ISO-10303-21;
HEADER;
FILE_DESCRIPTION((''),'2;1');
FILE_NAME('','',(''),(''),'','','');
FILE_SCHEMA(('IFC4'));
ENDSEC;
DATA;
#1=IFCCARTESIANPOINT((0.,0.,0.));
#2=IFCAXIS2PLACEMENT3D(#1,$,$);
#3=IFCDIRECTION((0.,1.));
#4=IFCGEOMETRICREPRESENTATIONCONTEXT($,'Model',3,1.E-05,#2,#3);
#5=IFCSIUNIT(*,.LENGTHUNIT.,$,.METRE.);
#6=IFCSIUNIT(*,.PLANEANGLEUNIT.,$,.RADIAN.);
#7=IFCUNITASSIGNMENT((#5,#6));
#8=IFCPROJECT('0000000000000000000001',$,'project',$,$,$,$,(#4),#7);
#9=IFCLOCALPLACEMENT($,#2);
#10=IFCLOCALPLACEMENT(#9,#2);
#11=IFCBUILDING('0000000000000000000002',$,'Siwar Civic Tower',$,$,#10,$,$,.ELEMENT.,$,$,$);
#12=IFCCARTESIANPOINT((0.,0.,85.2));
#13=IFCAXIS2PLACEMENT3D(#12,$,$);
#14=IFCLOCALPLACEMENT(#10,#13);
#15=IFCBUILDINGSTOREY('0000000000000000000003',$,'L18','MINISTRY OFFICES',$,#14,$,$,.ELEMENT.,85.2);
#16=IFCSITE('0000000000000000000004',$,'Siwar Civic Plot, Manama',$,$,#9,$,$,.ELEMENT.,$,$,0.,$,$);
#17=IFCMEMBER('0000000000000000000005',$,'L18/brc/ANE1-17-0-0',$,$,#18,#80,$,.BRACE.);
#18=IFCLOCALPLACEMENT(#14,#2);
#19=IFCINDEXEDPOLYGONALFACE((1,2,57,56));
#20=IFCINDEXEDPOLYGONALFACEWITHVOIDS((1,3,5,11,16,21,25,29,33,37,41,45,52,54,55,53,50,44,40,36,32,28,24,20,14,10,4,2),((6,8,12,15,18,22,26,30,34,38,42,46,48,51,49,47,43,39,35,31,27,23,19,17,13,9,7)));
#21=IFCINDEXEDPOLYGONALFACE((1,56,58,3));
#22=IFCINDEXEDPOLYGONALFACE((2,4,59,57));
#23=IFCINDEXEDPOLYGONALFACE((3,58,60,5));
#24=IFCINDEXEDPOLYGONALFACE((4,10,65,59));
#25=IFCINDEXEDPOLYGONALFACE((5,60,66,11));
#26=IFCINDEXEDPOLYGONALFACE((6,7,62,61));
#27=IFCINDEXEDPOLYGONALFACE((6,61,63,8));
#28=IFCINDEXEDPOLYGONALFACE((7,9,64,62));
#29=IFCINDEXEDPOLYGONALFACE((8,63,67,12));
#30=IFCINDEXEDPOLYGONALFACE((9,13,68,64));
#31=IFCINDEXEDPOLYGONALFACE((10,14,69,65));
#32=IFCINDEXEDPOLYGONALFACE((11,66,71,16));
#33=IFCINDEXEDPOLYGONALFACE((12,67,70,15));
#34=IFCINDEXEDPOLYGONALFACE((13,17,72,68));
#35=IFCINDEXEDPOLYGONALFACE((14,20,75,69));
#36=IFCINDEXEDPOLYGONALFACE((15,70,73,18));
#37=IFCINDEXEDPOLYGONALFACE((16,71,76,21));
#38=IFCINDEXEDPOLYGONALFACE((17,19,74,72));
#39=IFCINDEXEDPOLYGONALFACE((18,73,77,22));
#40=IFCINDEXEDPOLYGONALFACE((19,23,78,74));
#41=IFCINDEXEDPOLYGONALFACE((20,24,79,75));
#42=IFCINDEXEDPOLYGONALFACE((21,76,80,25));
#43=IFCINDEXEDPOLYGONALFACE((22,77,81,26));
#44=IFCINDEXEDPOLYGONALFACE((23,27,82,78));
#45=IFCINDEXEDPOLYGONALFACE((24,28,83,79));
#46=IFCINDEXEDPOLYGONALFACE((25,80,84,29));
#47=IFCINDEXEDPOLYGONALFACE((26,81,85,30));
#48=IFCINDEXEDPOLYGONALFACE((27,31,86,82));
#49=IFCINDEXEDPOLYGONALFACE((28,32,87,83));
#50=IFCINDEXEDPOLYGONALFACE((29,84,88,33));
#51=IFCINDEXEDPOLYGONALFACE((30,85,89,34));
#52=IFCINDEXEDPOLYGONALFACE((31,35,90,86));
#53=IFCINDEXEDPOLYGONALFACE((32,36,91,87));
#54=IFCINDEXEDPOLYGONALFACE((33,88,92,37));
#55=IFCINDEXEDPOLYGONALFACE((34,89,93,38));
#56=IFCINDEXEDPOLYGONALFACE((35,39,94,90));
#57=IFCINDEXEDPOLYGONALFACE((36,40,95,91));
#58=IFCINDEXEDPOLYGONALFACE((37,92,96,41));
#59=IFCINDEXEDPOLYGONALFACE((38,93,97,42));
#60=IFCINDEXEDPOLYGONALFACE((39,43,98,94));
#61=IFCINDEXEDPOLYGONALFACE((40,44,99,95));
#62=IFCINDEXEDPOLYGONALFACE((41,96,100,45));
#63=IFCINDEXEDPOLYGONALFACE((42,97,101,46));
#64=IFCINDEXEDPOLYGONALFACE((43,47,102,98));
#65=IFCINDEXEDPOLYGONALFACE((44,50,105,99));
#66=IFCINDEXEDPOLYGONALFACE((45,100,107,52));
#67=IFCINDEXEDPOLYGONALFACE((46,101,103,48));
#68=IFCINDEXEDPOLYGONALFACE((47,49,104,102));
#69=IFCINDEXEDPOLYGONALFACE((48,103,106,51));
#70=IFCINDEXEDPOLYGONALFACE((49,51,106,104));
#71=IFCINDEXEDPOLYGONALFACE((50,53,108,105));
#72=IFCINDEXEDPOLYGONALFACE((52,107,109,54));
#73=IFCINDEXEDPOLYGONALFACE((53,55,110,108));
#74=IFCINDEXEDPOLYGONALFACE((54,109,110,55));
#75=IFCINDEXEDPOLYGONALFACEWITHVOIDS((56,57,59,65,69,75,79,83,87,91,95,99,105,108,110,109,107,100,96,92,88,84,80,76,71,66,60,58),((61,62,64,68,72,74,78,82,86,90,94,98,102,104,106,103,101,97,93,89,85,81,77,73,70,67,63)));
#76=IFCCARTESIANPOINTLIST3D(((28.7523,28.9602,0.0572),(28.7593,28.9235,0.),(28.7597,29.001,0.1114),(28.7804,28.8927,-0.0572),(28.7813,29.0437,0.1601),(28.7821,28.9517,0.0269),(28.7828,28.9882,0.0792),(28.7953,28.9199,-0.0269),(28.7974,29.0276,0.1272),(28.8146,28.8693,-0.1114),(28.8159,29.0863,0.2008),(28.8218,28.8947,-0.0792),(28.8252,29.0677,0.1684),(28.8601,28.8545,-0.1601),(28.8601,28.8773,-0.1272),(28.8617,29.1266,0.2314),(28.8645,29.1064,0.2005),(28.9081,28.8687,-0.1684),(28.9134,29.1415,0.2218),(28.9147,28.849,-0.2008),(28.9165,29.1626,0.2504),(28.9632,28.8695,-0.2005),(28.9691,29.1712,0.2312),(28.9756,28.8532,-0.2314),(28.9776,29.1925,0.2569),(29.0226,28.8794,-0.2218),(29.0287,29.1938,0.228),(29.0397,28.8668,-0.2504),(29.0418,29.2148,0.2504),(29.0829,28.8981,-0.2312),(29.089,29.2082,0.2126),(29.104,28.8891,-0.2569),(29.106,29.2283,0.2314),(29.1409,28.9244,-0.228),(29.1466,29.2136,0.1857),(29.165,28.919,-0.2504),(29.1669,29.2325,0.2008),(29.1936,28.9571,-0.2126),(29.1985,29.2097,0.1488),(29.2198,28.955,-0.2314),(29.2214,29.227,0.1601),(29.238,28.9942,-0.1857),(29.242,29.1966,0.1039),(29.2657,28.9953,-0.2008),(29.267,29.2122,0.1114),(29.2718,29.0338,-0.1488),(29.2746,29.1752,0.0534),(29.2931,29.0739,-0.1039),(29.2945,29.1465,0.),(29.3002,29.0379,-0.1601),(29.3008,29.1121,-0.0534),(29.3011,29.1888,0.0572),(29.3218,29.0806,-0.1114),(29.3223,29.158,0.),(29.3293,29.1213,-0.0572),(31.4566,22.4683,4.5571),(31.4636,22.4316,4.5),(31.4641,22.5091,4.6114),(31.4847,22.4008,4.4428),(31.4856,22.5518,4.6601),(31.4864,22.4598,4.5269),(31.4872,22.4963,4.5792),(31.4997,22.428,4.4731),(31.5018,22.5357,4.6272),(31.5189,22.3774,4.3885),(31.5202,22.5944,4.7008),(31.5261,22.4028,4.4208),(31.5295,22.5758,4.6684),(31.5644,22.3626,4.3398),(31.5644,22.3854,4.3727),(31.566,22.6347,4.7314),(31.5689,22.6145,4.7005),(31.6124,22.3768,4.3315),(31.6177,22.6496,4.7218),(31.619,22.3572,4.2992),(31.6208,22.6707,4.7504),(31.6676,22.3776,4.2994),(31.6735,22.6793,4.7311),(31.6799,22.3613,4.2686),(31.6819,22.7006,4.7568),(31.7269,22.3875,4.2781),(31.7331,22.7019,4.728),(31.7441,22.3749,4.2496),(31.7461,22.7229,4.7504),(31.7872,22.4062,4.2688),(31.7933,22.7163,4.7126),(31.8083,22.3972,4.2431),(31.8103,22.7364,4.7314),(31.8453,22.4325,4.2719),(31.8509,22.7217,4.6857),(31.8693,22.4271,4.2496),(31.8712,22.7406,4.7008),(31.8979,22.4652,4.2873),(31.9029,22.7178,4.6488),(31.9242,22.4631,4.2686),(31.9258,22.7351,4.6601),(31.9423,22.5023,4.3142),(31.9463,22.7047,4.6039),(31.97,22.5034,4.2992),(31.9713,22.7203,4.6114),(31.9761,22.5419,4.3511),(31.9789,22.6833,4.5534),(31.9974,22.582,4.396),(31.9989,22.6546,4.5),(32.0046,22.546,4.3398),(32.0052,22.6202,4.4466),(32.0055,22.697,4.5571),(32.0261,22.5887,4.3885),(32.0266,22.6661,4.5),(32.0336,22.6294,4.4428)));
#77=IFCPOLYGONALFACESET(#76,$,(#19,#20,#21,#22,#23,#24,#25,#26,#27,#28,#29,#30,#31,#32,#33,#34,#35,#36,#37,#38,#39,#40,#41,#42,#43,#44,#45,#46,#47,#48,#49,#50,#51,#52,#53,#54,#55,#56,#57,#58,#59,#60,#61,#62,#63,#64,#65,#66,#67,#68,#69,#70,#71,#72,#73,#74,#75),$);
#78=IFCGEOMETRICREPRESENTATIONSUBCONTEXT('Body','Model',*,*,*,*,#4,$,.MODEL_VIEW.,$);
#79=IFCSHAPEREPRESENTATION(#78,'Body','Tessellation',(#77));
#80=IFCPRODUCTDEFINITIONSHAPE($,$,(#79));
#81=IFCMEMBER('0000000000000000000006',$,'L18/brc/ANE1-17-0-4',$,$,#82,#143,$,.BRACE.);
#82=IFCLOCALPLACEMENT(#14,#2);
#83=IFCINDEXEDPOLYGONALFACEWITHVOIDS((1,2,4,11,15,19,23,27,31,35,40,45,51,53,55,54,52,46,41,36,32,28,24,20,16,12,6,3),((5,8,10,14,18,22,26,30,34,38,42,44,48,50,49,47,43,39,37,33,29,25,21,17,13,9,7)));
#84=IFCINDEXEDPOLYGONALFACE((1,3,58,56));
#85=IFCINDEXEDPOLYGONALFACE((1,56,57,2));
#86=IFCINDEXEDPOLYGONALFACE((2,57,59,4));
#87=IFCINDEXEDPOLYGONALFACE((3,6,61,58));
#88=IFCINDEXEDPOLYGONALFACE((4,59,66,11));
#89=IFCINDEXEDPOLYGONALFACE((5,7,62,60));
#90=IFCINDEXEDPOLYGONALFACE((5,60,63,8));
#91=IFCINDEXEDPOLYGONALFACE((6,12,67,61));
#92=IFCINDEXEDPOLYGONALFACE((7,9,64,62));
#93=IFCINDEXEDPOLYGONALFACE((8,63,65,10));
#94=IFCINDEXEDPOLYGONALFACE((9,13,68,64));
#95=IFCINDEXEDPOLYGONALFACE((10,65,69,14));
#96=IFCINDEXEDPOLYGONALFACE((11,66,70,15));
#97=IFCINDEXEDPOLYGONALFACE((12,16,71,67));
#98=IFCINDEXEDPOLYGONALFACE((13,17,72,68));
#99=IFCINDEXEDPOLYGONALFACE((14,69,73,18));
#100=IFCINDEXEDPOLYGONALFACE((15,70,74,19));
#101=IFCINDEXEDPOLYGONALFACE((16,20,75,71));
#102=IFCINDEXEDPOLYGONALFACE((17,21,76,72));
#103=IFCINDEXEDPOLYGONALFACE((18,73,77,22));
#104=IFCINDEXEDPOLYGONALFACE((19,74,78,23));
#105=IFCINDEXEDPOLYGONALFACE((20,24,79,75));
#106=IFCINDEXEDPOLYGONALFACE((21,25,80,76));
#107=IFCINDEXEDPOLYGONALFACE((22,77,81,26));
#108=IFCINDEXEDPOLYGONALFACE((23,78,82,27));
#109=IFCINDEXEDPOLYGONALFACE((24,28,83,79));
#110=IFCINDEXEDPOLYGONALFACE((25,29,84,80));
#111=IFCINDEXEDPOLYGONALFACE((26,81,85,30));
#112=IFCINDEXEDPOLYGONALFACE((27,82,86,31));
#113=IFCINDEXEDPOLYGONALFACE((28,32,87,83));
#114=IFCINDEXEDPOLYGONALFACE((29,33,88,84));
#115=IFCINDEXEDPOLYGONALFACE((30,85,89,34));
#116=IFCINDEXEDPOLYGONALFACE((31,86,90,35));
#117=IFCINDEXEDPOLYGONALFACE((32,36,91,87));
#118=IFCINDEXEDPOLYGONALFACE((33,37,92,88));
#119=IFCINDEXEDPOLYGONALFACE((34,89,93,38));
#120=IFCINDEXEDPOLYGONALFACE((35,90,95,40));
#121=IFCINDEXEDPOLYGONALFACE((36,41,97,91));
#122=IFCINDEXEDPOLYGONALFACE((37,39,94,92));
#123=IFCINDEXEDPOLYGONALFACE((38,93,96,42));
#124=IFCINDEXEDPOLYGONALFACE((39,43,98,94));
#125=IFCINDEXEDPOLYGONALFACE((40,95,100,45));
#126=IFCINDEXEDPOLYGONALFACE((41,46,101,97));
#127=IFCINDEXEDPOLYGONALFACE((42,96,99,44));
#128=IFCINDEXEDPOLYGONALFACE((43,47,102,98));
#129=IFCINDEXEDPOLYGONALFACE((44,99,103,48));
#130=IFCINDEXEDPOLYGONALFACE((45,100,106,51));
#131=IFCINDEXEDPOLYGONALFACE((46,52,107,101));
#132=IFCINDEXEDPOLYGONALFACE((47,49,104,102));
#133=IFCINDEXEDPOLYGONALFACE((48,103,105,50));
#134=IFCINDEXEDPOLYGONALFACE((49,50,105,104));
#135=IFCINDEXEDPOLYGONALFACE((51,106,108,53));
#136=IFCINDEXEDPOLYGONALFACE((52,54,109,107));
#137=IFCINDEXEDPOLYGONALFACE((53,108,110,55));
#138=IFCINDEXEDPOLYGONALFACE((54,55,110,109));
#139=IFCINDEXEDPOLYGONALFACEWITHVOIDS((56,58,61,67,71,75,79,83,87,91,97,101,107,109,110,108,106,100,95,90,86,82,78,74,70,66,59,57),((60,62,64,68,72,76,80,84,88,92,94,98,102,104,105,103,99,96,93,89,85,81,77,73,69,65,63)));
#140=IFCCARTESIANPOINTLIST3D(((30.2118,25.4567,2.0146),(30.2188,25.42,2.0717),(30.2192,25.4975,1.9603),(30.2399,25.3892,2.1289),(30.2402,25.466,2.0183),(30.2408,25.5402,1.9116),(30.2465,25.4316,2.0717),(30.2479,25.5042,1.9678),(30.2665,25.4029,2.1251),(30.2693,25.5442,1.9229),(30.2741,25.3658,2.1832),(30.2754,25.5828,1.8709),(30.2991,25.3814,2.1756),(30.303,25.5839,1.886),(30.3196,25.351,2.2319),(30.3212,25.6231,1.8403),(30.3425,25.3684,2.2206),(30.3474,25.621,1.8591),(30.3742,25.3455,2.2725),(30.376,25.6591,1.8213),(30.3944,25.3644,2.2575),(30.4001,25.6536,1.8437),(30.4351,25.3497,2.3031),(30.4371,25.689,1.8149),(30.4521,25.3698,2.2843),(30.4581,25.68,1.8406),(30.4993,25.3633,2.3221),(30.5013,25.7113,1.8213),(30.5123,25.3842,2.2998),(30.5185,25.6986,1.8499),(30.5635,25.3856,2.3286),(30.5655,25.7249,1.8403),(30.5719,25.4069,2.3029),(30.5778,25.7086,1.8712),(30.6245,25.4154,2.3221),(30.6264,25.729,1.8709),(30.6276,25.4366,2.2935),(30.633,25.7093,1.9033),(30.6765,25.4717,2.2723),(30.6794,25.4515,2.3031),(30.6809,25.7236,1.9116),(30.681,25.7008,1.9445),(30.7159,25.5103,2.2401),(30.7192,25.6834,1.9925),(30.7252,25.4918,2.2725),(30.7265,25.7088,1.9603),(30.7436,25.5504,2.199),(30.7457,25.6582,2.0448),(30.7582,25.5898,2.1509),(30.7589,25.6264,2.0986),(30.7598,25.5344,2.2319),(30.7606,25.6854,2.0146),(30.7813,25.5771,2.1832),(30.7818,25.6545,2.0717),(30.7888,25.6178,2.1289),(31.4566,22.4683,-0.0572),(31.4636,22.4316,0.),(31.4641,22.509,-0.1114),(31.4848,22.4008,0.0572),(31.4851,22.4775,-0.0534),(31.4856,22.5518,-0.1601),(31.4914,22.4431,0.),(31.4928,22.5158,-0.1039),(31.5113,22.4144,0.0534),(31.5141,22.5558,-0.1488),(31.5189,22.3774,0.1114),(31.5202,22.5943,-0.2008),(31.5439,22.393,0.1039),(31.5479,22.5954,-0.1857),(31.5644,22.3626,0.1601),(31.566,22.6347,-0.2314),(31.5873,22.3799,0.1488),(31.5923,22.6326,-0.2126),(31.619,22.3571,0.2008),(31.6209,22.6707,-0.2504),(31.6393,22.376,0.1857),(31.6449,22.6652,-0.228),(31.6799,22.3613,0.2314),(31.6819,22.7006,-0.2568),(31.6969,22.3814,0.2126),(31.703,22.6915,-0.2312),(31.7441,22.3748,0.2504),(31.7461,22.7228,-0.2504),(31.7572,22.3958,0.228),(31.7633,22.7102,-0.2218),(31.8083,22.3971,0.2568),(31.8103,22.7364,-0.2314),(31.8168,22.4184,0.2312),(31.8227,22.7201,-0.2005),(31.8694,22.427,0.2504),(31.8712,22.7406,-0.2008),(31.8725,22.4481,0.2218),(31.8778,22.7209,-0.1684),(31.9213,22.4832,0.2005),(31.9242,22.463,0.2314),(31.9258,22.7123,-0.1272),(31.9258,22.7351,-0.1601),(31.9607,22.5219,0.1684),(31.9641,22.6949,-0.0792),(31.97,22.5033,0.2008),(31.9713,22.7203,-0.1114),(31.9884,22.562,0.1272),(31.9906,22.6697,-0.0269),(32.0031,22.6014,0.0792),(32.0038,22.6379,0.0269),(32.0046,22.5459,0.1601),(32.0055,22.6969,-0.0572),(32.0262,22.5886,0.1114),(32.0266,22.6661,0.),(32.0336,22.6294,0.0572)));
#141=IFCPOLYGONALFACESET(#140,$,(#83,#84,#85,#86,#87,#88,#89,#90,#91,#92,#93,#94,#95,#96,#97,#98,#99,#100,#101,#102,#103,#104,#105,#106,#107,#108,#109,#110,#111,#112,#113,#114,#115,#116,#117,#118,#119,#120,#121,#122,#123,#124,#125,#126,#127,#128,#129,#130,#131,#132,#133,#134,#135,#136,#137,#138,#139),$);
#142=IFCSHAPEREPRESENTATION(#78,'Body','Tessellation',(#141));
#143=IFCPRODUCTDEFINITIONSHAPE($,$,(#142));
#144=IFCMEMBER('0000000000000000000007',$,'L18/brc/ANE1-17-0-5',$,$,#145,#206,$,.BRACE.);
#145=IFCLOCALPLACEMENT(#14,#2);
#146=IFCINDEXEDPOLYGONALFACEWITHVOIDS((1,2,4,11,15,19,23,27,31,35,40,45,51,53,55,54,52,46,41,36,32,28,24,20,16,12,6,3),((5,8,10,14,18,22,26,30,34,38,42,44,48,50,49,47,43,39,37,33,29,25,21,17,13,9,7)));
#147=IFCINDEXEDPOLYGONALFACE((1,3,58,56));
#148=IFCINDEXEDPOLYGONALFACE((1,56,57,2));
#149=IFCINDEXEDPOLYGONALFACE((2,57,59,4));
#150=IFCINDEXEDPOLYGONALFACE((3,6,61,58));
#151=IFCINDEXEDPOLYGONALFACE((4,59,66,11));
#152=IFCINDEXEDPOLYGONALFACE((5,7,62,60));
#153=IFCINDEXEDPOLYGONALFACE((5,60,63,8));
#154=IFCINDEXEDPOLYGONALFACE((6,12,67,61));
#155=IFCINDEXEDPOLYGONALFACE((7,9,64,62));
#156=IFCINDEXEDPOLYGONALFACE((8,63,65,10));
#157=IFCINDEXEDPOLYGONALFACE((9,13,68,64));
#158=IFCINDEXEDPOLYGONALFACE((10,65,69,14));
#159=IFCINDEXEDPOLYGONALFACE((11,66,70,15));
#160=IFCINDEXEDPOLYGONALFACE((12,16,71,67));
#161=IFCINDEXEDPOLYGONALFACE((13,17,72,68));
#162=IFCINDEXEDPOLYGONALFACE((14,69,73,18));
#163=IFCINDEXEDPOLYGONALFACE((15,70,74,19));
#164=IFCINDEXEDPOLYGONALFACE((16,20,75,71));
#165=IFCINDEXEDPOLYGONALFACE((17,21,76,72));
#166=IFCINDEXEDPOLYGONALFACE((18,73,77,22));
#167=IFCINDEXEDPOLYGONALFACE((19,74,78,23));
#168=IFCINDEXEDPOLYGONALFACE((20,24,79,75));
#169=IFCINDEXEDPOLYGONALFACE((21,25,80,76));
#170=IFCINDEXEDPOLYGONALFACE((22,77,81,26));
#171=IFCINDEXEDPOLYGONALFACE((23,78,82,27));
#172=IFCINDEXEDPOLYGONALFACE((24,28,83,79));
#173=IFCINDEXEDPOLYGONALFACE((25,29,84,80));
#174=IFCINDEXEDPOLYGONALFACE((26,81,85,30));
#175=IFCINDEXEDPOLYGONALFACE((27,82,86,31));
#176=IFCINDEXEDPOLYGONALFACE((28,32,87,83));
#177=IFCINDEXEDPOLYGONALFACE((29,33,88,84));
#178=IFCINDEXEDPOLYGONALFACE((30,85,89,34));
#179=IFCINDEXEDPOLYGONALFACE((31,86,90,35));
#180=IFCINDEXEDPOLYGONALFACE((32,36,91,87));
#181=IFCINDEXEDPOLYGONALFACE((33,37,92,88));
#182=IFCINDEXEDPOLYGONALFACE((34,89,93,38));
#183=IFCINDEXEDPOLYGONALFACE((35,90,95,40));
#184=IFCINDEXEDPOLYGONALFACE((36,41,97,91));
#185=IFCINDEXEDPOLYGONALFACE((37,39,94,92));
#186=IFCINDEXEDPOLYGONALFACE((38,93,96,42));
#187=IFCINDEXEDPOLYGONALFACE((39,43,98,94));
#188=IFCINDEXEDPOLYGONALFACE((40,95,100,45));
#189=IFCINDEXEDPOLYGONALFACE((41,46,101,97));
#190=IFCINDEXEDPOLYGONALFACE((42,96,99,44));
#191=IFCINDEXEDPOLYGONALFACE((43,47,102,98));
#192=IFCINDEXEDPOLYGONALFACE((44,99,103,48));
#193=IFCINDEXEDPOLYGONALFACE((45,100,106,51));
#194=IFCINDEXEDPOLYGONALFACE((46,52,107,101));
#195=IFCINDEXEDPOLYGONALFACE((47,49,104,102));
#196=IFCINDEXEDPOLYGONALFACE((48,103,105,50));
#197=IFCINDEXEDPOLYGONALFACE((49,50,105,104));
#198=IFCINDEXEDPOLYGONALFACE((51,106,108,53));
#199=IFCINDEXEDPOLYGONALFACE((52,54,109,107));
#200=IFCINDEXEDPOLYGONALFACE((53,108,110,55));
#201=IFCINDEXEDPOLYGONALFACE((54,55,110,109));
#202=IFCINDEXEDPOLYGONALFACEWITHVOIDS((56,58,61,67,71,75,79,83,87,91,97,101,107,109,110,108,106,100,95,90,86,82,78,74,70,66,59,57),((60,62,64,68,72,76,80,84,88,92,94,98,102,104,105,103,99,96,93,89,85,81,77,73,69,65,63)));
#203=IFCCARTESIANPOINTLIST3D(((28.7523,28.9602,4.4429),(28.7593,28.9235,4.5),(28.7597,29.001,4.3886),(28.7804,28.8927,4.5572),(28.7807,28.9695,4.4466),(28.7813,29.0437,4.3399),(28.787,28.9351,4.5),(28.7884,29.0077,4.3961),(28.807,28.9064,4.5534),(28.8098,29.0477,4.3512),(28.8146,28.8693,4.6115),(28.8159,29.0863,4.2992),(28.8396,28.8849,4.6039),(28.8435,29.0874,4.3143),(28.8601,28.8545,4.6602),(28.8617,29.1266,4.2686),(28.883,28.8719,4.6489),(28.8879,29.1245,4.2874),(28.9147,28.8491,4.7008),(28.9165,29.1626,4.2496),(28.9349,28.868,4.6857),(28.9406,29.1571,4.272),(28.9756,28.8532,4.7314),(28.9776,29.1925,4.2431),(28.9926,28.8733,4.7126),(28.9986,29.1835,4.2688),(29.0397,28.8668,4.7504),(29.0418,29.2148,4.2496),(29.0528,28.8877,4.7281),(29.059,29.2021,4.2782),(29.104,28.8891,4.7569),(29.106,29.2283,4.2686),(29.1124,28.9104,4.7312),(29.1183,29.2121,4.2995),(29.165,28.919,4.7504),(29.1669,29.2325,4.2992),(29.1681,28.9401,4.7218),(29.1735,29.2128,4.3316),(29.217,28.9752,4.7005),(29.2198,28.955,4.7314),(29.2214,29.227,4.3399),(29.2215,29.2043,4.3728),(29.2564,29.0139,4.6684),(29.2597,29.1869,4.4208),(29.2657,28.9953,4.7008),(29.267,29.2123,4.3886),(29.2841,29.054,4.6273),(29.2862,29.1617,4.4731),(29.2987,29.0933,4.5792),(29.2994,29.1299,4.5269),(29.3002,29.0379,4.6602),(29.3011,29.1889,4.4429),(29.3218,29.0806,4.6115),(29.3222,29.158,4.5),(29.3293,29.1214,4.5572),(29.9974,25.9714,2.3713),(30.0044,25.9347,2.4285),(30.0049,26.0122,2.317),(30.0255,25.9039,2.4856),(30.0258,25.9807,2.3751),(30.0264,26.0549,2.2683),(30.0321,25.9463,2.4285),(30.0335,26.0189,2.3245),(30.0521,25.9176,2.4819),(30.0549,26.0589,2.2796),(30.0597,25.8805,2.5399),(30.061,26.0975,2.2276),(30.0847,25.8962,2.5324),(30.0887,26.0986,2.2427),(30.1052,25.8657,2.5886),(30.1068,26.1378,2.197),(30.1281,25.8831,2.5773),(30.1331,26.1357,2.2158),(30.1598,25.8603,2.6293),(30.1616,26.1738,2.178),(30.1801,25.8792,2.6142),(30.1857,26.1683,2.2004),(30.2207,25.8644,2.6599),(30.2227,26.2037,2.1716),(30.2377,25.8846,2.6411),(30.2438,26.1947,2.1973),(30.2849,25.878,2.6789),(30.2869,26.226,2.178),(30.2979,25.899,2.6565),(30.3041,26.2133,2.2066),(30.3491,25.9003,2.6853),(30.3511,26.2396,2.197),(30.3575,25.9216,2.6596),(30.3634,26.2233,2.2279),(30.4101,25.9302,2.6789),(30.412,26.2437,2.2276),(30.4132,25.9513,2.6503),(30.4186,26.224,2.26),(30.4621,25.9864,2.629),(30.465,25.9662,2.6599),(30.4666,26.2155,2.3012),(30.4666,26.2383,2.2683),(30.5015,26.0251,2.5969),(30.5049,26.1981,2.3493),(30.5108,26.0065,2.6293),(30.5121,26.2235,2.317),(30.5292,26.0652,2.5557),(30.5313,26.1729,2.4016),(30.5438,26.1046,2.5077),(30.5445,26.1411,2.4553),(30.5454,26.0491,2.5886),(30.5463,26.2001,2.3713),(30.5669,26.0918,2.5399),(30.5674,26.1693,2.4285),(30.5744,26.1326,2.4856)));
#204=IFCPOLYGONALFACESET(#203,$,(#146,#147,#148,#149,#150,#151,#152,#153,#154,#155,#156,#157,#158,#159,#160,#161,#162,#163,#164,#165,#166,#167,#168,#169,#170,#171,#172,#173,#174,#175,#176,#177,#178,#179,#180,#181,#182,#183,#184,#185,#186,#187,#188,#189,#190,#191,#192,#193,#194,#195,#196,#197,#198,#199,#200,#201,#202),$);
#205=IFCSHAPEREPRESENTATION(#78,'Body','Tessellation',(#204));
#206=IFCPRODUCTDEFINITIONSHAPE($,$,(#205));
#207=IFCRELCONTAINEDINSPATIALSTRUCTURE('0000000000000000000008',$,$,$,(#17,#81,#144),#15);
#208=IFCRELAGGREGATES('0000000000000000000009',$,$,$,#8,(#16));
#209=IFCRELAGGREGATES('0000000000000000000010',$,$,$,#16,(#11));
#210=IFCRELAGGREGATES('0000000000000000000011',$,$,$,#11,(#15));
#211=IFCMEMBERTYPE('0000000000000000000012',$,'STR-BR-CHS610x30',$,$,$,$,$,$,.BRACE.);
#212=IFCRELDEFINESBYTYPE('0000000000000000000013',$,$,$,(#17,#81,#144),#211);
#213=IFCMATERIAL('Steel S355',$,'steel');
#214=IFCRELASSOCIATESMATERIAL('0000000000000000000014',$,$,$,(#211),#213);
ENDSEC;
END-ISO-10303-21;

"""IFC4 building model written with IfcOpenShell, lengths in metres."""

from ifc_helpers import new_model, si_unit, direction, frame, origin, origin_2d, place, context, subcontext, project, spatial, hollow_circle, extrude, material, material_profile, profile_set, type_object, element, save


model = new_model("IFC4")

# Units and contexts
model_context = context("Model", 3, precision=1e-05, world=origin(), true_north=direction((0.0, 1.0)))
body_context = subcontext(model_context, "Body", "Model", "MODEL_VIEW")
ifc_project = project(units=[si_unit("LENGTHUNIT", "METRE"), si_unit("PLANEANGLEUNIT", "RADIAN")], contexts=[model_context])

# Site, building, storey
site_placement = place(None, origin())
site = spatial("IfcSite", under=ifc_project, at=site_placement, Name="Siwar Civic Plot, Manama", CompositionType="ELEMENT", RefElevation=0.0)
building_placement = place(site_placement, origin())
building = spatial("IfcBuilding", under=site, at=building_placement, Name="Siwar Civic Tower", CompositionType="ELEMENT")
storey_placement = place(building_placement, frame((0.0, 0.0, 85.2)))
storey = spatial("IfcBuildingStorey", under=building, at=storey_placement, Name="L18", Description="MINISTRY OFFICES", CompositionType="ELEMENT", Elevation=85.2)

# Members
ifc_material_1 = material(Name="Steel S355", Category="steel")
ifc_material_profile_1 = material_profile(ifc_material_1, hollow_circle(Radius=0.3049, WallThickness=0.03, at=origin_2d()), Name="CHS610x30")
ifc_profile_set_1 = profile_set([ifc_material_profile_1], Name="Steel S355")
member_type_1 = type_object("IfcMemberType", Name="STR-BR-CHS610x30", PredefinedType="BRACE", material=ifc_profile_set_1)
member_1_placement = place(storey_placement, frame((29.0408, 29.0408, 0.0), z_axis=(0.323906, -0.777555, 0.538975), x_axis=(0.923109, 0.384539, 0.0)))
element("IfcMember", 1, at=member_1_placement, inside=storey, type_object=member_type_1, Name="L18/brc/ANE1-17-0-0", PredefinedType="BRACE", context=body_context, shape_type="SweptSolid", body=[
    extrude(hollow_circle(Radius=0.3049, WallThickness=0.03, at=origin_2d()), origin(), (0.0, 0.0, 1.0), 8.3491),
])
member_2_placement = place(storey_placement, frame((31.7451, 22.5488, 0.0), z_axis=(-0.323882, 0.777533, 0.53902), x_axis=(-0.923115, -0.384524, 0.0)))
element("IfcMember", 2, at=member_2_placement, inside=storey, type_object=member_type_1, Name="L18/brc/ANE1-17-0-4", PredefinedType="BRACE", context=body_context, shape_type="SweptSolid", body=[
    extrude(hollow_circle(Radius=0.3049, WallThickness=0.03, at=origin_2d()), origin(), (0.0, 0.0, 1.0), 3.8435),
])
member_3_placement = place(storey_placement, frame((30.2859, 26.052, 2.4285), z_axis=(-0.323934, 0.777569, 0.538937), x_axis=(-0.923099, -0.384562, 0.0)))
element("IfcMember", 3, at=member_3_placement, inside=storey, type_object=member_type_1, Name="L18/brc/ANE1-17-0-5", PredefinedType="BRACE", context=body_context, shape_type="SweptSolid", body=[
    extrude(hollow_circle(Radius=0.3049, WallThickness=0.03, at=origin_2d()), origin(), (0.0, 0.0, 1.0), 3.8438),
])

save(model, "model.ifc")
